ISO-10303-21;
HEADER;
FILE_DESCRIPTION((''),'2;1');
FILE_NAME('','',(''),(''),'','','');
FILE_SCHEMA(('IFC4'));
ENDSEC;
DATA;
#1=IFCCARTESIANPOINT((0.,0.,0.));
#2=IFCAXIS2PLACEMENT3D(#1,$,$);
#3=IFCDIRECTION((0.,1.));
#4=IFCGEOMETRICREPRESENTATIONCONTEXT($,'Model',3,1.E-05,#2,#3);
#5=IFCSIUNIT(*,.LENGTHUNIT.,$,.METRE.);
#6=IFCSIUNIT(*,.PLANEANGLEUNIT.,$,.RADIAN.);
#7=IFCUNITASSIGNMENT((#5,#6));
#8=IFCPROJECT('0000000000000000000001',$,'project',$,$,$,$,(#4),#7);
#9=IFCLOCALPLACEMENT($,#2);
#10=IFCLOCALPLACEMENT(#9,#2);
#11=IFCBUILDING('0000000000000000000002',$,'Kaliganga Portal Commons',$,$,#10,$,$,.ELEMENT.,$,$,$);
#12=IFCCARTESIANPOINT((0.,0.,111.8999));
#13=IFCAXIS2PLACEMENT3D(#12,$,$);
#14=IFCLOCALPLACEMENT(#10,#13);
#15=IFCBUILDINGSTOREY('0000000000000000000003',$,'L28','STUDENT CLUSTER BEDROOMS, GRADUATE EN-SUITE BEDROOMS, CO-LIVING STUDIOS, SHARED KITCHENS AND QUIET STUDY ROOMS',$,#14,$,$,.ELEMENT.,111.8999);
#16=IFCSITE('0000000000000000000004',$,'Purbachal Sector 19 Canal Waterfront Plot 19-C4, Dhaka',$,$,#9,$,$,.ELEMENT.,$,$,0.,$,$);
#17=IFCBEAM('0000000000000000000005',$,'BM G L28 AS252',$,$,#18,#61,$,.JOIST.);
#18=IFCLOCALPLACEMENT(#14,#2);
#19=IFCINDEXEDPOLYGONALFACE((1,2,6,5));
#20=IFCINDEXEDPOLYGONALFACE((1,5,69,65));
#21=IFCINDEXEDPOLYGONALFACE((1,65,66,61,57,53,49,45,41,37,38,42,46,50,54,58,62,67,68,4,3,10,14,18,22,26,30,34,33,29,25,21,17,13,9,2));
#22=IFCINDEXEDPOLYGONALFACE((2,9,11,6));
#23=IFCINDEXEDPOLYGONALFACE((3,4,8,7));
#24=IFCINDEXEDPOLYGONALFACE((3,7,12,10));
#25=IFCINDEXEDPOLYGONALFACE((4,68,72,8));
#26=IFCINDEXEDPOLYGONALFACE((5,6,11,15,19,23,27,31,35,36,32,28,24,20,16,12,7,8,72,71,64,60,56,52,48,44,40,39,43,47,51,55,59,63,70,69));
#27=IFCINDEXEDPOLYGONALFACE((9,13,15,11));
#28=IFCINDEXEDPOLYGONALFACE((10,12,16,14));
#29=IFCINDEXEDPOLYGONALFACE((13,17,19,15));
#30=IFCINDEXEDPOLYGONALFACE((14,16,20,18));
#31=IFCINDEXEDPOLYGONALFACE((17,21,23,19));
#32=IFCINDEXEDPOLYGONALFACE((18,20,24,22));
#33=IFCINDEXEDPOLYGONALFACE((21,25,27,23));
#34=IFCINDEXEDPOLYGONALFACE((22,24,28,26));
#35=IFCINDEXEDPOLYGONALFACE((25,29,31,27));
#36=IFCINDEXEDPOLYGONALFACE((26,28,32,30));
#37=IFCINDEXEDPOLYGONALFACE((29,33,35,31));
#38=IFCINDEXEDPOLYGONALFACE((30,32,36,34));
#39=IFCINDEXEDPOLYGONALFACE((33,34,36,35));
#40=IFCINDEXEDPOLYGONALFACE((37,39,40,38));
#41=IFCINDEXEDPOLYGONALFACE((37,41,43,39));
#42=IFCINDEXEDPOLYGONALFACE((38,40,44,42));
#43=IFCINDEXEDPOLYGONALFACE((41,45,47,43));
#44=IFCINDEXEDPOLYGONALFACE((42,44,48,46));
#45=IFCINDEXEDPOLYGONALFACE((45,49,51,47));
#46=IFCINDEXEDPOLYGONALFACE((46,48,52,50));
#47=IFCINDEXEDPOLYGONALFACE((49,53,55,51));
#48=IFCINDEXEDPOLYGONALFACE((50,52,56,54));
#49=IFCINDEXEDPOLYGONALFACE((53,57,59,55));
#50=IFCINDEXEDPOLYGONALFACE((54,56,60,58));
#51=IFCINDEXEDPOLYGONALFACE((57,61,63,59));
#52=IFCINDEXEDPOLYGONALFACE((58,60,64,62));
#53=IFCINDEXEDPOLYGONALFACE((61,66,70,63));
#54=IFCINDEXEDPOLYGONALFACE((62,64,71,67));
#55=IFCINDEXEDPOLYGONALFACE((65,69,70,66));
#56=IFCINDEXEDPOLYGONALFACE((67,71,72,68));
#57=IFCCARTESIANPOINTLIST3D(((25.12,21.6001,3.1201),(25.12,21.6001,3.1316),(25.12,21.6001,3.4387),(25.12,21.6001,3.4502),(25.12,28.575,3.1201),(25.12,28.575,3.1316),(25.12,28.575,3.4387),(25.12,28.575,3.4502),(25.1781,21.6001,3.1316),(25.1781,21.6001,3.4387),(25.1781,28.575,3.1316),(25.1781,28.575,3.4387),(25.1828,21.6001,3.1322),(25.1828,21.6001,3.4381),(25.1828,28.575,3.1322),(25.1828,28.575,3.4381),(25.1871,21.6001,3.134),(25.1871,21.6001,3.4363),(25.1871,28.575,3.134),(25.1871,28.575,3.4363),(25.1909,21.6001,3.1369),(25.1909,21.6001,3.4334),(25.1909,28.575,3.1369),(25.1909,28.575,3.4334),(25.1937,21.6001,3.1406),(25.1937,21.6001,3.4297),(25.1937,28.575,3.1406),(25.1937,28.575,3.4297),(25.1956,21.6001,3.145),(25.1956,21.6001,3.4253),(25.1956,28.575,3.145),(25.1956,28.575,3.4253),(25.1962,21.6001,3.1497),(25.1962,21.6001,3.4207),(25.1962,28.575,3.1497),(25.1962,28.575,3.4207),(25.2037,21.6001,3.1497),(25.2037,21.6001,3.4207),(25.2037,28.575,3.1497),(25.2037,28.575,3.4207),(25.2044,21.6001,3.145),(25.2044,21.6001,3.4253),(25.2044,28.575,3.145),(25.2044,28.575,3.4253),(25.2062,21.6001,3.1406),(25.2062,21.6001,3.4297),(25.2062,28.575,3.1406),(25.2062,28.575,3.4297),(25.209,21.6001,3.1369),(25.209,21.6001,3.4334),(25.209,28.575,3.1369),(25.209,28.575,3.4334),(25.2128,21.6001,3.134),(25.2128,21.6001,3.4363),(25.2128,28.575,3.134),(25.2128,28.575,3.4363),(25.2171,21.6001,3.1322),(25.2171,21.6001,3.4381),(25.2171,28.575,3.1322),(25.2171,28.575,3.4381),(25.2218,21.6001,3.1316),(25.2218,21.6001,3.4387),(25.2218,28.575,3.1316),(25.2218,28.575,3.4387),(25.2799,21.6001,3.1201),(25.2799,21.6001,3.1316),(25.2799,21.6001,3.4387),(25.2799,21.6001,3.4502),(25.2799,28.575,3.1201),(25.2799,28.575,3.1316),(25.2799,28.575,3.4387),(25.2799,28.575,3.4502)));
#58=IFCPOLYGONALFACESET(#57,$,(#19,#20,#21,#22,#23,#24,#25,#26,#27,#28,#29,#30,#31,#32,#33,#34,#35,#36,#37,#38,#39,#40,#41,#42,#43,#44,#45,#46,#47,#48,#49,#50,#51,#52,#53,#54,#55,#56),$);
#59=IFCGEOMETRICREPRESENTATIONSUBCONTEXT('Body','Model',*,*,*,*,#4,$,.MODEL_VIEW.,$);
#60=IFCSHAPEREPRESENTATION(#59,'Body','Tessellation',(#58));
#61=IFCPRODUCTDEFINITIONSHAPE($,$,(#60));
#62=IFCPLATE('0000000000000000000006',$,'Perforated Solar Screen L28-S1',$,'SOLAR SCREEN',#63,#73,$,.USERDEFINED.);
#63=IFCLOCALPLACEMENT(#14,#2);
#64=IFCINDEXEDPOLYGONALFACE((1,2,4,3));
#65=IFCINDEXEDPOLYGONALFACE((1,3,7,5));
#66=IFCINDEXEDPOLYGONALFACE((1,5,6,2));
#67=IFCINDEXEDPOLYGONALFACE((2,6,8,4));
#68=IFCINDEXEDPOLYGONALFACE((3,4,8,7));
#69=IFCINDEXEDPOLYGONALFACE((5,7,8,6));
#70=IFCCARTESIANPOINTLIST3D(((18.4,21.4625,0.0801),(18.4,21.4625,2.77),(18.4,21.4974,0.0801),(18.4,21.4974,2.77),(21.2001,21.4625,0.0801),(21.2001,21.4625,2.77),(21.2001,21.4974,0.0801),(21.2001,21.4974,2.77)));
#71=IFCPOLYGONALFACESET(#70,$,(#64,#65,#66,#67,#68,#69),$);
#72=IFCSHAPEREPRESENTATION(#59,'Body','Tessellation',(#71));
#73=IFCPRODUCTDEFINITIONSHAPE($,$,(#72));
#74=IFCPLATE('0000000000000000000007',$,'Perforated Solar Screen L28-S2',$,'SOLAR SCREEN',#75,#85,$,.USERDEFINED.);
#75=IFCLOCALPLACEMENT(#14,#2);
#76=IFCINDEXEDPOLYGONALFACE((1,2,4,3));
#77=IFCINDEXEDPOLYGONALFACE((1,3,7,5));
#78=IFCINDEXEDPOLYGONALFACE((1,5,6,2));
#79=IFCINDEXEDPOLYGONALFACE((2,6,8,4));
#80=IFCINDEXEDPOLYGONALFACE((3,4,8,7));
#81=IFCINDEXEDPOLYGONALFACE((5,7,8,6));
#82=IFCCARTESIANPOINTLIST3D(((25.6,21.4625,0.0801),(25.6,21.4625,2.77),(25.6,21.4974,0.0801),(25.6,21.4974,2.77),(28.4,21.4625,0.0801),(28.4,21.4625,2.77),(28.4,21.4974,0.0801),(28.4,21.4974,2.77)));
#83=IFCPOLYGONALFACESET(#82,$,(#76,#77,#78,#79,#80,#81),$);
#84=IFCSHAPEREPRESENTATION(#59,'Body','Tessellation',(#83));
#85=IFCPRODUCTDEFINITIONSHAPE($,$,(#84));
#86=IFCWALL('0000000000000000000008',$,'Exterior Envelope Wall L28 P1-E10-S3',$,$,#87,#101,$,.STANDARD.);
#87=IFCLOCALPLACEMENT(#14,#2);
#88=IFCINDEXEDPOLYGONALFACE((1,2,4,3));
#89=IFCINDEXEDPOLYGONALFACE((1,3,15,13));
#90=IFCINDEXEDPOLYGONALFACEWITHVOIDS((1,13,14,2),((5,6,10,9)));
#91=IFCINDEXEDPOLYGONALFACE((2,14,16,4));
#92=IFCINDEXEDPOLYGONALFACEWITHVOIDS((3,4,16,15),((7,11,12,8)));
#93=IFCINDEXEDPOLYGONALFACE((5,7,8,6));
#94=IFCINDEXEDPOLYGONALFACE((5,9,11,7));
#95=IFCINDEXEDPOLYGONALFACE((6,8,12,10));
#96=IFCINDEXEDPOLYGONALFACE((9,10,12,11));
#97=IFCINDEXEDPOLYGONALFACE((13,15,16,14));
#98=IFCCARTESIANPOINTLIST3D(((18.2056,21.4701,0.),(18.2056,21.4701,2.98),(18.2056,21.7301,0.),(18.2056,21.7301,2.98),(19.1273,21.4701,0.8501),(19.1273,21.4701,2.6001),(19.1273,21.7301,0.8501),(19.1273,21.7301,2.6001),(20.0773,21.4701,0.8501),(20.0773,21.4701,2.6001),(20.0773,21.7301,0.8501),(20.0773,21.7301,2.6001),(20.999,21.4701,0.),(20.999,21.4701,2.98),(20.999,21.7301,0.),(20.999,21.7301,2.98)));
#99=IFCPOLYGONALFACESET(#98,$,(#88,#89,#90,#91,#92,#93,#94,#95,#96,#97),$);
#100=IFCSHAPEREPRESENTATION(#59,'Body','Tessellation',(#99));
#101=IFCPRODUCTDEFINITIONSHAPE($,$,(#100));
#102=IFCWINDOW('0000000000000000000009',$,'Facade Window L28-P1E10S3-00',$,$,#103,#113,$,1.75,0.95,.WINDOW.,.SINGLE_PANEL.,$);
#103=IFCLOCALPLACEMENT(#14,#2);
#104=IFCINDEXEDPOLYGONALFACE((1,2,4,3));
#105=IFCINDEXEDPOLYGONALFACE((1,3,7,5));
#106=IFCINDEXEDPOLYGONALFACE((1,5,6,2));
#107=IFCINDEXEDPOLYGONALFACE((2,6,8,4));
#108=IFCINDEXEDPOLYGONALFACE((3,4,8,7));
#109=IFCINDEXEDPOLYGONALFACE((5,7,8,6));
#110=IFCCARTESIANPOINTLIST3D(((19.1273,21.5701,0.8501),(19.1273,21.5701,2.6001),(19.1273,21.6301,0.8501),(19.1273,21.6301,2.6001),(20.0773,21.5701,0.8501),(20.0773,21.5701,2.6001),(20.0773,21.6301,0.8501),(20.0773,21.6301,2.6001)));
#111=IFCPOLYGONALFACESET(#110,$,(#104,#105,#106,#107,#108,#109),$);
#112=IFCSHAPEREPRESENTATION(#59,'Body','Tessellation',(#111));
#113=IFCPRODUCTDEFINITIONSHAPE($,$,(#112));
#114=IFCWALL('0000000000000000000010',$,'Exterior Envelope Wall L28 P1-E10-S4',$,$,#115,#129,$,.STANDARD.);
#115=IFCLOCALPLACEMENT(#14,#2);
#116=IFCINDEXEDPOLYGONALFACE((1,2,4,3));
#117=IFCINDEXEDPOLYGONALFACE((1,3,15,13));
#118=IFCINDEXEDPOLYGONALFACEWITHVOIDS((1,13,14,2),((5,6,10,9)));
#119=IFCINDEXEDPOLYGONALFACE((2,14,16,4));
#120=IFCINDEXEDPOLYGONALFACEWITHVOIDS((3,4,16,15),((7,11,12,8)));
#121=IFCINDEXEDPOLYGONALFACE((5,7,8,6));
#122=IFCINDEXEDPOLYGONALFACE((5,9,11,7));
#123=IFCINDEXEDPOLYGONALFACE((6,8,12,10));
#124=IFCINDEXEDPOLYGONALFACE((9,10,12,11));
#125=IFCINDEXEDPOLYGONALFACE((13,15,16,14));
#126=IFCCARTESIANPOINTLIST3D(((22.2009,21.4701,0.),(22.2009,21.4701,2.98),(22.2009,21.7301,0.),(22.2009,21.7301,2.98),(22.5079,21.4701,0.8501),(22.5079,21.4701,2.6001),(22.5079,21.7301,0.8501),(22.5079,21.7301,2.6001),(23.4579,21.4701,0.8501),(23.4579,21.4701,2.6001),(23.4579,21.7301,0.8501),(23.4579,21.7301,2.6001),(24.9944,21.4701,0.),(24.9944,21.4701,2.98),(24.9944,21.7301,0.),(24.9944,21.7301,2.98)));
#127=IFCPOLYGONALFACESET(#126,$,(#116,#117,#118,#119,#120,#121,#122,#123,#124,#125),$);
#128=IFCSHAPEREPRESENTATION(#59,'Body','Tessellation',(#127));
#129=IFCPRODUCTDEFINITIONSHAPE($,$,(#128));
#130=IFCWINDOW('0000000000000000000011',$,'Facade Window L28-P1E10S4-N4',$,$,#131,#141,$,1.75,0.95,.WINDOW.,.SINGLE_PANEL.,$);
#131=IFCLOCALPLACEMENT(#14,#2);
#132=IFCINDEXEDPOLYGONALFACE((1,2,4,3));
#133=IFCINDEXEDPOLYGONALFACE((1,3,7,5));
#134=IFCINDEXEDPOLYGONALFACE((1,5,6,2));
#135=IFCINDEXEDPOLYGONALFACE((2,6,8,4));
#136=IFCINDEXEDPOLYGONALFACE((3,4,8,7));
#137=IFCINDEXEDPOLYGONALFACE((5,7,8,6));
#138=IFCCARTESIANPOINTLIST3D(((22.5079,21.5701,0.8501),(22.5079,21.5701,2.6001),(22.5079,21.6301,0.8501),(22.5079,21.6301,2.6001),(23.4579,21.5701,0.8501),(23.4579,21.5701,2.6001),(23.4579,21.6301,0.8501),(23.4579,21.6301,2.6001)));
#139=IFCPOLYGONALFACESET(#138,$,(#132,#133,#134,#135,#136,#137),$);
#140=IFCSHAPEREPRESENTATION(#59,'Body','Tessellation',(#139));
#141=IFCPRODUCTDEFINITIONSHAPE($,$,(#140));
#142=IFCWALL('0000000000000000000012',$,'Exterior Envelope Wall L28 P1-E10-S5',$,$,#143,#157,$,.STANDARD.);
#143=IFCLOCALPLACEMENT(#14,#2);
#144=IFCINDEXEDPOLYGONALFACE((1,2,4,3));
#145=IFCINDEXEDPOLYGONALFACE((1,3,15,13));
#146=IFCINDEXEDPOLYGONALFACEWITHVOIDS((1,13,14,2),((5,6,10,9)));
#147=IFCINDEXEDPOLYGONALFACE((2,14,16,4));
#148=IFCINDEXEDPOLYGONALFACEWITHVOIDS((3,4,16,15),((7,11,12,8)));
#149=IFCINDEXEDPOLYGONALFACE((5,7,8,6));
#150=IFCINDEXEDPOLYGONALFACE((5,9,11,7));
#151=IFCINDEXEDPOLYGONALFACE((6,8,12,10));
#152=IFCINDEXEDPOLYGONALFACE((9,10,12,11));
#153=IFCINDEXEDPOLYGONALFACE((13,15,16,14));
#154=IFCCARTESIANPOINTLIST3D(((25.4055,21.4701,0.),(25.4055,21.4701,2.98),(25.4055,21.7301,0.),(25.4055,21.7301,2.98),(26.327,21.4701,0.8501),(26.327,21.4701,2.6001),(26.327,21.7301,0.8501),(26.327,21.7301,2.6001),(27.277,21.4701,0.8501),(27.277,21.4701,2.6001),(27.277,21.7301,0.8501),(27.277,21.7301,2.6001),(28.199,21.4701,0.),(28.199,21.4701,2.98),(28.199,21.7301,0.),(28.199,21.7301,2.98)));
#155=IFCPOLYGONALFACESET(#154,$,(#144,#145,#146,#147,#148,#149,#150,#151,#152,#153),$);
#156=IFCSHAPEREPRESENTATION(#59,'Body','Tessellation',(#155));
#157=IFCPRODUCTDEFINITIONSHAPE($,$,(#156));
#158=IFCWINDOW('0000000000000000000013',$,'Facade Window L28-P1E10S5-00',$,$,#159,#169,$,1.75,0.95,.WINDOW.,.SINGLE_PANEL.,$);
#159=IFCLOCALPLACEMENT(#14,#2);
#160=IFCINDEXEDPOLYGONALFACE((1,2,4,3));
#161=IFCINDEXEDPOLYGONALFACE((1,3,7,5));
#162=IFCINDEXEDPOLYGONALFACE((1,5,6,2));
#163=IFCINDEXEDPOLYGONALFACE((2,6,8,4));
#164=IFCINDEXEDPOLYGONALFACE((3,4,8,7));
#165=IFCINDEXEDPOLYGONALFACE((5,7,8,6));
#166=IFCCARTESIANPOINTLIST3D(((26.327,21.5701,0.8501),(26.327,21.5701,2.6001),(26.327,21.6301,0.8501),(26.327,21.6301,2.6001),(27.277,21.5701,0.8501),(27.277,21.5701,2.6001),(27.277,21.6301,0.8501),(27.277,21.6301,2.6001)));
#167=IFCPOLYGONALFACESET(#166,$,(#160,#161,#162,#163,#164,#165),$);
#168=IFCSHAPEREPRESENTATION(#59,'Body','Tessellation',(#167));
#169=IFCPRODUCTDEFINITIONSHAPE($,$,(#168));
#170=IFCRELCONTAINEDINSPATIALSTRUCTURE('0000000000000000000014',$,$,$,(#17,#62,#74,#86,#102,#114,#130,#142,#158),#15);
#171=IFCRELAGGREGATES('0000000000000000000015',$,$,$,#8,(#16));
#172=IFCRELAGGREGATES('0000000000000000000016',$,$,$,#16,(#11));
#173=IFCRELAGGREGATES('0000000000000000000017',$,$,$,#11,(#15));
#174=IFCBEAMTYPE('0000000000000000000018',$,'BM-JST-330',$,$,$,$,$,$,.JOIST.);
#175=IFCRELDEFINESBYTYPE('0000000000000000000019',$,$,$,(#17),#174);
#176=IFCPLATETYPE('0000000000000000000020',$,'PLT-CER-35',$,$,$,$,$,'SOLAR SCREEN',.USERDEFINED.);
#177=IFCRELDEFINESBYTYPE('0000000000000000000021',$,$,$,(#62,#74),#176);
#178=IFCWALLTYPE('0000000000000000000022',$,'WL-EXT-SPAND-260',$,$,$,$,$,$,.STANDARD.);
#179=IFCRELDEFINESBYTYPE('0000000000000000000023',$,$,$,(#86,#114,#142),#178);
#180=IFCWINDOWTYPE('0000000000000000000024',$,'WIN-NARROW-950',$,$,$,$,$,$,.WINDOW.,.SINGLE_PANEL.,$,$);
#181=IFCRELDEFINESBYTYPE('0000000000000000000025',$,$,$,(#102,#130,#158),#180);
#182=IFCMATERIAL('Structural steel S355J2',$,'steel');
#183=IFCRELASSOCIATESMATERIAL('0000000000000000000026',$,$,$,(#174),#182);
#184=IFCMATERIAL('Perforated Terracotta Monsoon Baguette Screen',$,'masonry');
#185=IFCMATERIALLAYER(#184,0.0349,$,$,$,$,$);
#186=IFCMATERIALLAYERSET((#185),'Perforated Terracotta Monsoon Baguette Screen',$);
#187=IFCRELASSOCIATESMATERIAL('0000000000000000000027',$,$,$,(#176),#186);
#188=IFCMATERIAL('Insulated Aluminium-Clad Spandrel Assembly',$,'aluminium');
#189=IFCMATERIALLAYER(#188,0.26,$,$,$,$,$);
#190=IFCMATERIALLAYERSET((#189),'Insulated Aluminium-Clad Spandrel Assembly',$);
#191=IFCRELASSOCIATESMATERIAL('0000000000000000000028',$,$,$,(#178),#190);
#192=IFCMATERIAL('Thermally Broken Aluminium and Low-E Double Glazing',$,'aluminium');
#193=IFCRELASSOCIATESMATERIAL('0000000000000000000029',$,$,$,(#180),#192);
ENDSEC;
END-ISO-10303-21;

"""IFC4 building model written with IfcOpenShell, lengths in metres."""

from ifc_helpers import new_model, si_unit, direction, frame, frame_2d, origin, origin_2d, place, context, subcontext, project, spatial, rectangle, i_section, extrude, source, transform, mapped, material, layer, layer_set, material_profile, profile_set, type_object, element, fill, save


model = new_model("IFC4")

# Units and contexts
model_context = context("Model", 3, precision=1e-05, world=origin(), true_north=direction((0.0, 1.0)))
body_context = subcontext(model_context, "Body", "Model", "MODEL_VIEW")
ifc_project = project(units=[si_unit("LENGTHUNIT", "METRE"), si_unit("PLANEANGLEUNIT", "RADIAN")], contexts=[model_context])

# Site, building, storey
site_placement = place(None, origin())
site = spatial("IfcSite", under=ifc_project, at=site_placement, Name="Purbachal Sector 19 Canal Waterfront Plot 19-C4, Dhaka", CompositionType="ELEMENT", RefElevation=0.0)
building_placement = place(site_placement, origin())
building = spatial("IfcBuilding", under=site, at=building_placement, Name="Kaliganga Portal Commons", CompositionType="ELEMENT")
storey_placement = place(building_placement, frame((0.0, 0.0, 111.8999)))
storey = spatial("IfcBuildingStorey", under=building, at=storey_placement, Name="L28", Description="STUDENT CLUSTER BEDROOMS, GRADUATE EN-SUITE BEDROOMS, CO-LIVING STUDIOS, SHARED KITCHENS AND QUIET STUDY ROOMS", CompositionType="ELEMENT", Elevation=111.8999)

# Beam
ifc_material_1 = material(Name="Structural steel S355J2", Category="steel")
ifc_material_profile_1 = material_profile(ifc_material_1, i_section(OverallWidth=0.1599, OverallDepth=0.3301, WebThickness=0.0076, FlangeThickness=0.0115, FilletRadius=0.0181, at=origin_2d()), Name="IPE 330")
ifc_profile_set_1 = profile_set([ifc_material_profile_1], Name="Structural steel S355J2 wide-flange")
beam_type_1 = type_object("IfcBeamType", Name="BM-JST-330", PredefinedType="JOIST", material=ifc_profile_set_1)
shared_shape_1 = source(origin(), body_context, "Body", "SweptSolid", [
    extrude(i_section(OverallWidth=0.1599, OverallDepth=0.3301, WebThickness=0.0076, FlangeThickness=0.0115, FilletRadius=0.0181, at=origin_2d()), origin(), (0.0, 0.0, 1.0), 6.9749),
])
beam_1_placement = place(storey_placement, frame((25.2, 21.6001, 3.2852), z_axis=(0.0, 1.0, 0.0), x_axis=(-1.0, 0.0, 0.0)))
element("IfcBeam", 1, at=beam_1_placement, inside=storey, type_object=beam_type_1, Name="BM G L28 AS252", PredefinedType="JOIST", context=body_context, shape_type="MappedRepresentation", body=[
    mapped(shared_shape_1, transform((0.0, 0.0, 0.0), x_axis=(1.0, 0.0, 0.0), y_axis=(0.0, 1.0, 0.0), z_axis=(0.0, 0.0, 1.0), scale=1.0)),
])

# Plates
ifc_material_2 = material(Name="Perforated Terracotta Monsoon Baguette Screen", Category="masonry")
ifc_layer_1 = layer(ifc_material_2, 0.0349)
ifc_layer_set_1 = layer_set([ifc_layer_1], Name="Perforated Terracotta Monsoon Baguette Screen")
plate_type = type_object("IfcPlateType", Name="PLT-CER-35", ElementType="SOLAR SCREEN", PredefinedType="USERDEFINED", material=ifc_layer_set_1)
shared_shape_2 = source(origin(), body_context, "Body", "SweptSolid", [
    extrude(rectangle(XDim=2.8, YDim=0.0349, at=origin_2d()), origin(), (0.0, 0.0, 1.0), 2.6899),
])
for number, where, z_axis, x_axis, name in (
    (2, (19.8, 21.48, 0.0801), (0.0, 0.0, 1.0), (1.0, 0.0, 0.0), "Perforated Solar Screen L28-S1"),
    (3, (27.0, 21.48, 0.0801), (0.0, 0.0, 1.0), (1.0, 0.0, 0.0), "Perforated Solar Screen L28-S2"),
):
    element("IfcPlate", number, at=place(storey_placement, frame(where, z_axis=z_axis, x_axis=x_axis)), inside=storey, type_object=plate_type, Name=name, ObjectType="SOLAR SCREEN", PredefinedType="USERDEFINED", context=body_context, shape_type="MappedRepresentation", body=[
        mapped(shared_shape_2, transform((0.0, 0.0, 0.0), x_axis=(1.0, 0.0, 0.0), y_axis=(0.0, 1.0, 0.0), z_axis=(0.0, 0.0, 1.0), scale=1.0)),
    ])

# Walls, openings, windows
ifc_material_3 = material(Name="Insulated Aluminium-Clad Spandrel Assembly", Category="aluminium")
ifc_layer_2 = layer(ifc_material_3, 0.26)
ifc_layer_set_2 = layer_set([ifc_layer_2], Name="Insulated Aluminium-Clad Spandrel Assembly")
wall_type_1 = type_object("IfcWallType", Name="WL-EXT-SPAND-260", PredefinedType="STANDARD", material=ifc_layer_set_2)
wall_1_placement = place(storey_placement, frame((20.999, 21.6001, 0.0), z_axis=(0.0, 0.0, 1.0), x_axis=(-1.0, 0.0, 0.0)))
wall_1 = element("IfcWall", 4, at=wall_1_placement, inside=storey, type_object=wall_type_1, Name="Exterior Envelope Wall L28 P1-E10-S3", PredefinedType="STANDARD", context=body_context, shape_type="SweptSolid", body=[
    extrude(rectangle(XDim=2.7935, YDim=0.26, at=frame_2d((1.3967, 0.0))), origin(), (0.0, 0.0, 1.0), 2.98),
])
opening_1_placement = place(wall_1_placement, frame((0.9216, 0.0, 0.8501)))
opening_1 = element("IfcOpeningElement", 5, at=opening_1_placement, cuts=wall_1, PredefinedType="OPENING", context=body_context, shape_type="SweptSolid", body=[
    extrude(rectangle(XDim=0.95, YDim=1.75, at=frame_2d((0.4751, 0.875))), frame((0.0, 0.1401, 0.0), z_axis=(0.0, -1.0, 0.0), x_axis=(1.0, 0.0, 0.0)), (0.0, 0.0, 1.0), 0.28),
])
ifc_material_4 = material(Name="Thermally Broken Aluminium and Low-E Double Glazing", Category="aluminium")
window_type_1 = type_object("IfcWindowType", Name="WIN-NARROW-950", PartitioningType="SINGLE_PANEL", PredefinedType="WINDOW", material=ifc_material_4)
window_1_placement = place(opening_1_placement, origin())
window_1 = element("IfcWindow", 6, at=window_1_placement, inside=storey, type_object=window_type_1, Name="Facade Window L28-P1E10S3-00", OverallHeight=1.75, OverallWidth=0.95, PartitioningType="SINGLE_PANEL", PredefinedType="WINDOW", context=body_context, shape_type="SweptSolid", body=[
    extrude(rectangle(XDim=0.95, YDim=1.75, at=frame_2d((0.4751, 0.875))), frame((0.0, 0.03, 0.0), z_axis=(0.0, -1.0, 0.0), x_axis=(1.0, 0.0, 0.0)), (0.0, 0.0, 1.0), 0.0601),
])
fill(opening_1, window_1)
wall_2_placement = place(storey_placement, frame((24.9944, 21.6001, 0.0), z_axis=(0.0, 0.0, 1.0), x_axis=(-1.0, 0.0, 0.0)))
wall_2 = element("IfcWall", 7, at=wall_2_placement, inside=storey, type_object=wall_type_1, Name="Exterior Envelope Wall L28 P1-E10-S4", PredefinedType="STANDARD", context=body_context, shape_type="SweptSolid", body=[
    extrude(rectangle(XDim=2.7935, YDim=0.26, at=frame_2d((1.3967, 0.0))), origin(), (0.0, 0.0, 1.0), 2.98),
])
opening_2_placement = place(wall_2_placement, frame((1.5364, 0.0, 0.8501)))
opening_2 = element("IfcOpeningElement", 8, at=opening_2_placement, cuts=wall_2, PredefinedType="OPENING", context=body_context, shape_type="SweptSolid", body=[
    extrude(rectangle(XDim=0.95, YDim=1.75, at=frame_2d((0.4751, 0.875))), frame((0.0, 0.1401, 0.0), z_axis=(0.0, -1.0, 0.0), x_axis=(1.0, 0.0, 0.0)), (0.0, 0.0, 1.0), 0.28),
])
window_2_placement = place(opening_2_placement, origin())
window_2 = element("IfcWindow", 9, at=window_2_placement, inside=storey, type_object=window_type_1, Name="Facade Window L28-P1E10S4-N4", OverallHeight=1.75, OverallWidth=0.95, PartitioningType="SINGLE_PANEL", PredefinedType="WINDOW", context=body_context, shape_type="SweptSolid", body=[
    extrude(rectangle(XDim=0.95, YDim=1.75, at=frame_2d((0.4751, 0.875))), frame((0.0, 0.03, 0.0), z_axis=(0.0, -1.0, 0.0), x_axis=(1.0, 0.0, 0.0)), (0.0, 0.0, 1.0), 0.0601),
])
fill(opening_2, window_2)
wall_3_placement = place(storey_placement, frame((28.199, 21.6001, 0.0), z_axis=(0.0, 0.0, 1.0), x_axis=(-1.0, 0.0, 0.0)))
wall_3 = element("IfcWall", 10, at=wall_3_placement, inside=storey, type_object=wall_type_1, Name="Exterior Envelope Wall L28 P1-E10-S5", PredefinedType="STANDARD", context=body_context, shape_type="SweptSolid", body=[
    extrude(rectangle(XDim=2.7935, YDim=0.26, at=frame_2d((1.3967, 0.0))), origin(), (0.0, 0.0, 1.0), 2.98),
])
opening_3_placement = place(wall_3_placement, frame((0.9219, 0.0, 0.8501)))
opening_3 = element("IfcOpeningElement", 11, at=opening_3_placement, cuts=wall_3, PredefinedType="OPENING", context=body_context, shape_type="SweptSolid", body=[
    extrude(rectangle(XDim=0.95, YDim=1.75, at=frame_2d((0.4751, 0.875))), frame((0.0, 0.1401, 0.0), z_axis=(0.0, -1.0, 0.0), x_axis=(1.0, 0.0, 0.0)), (0.0, 0.0, 1.0), 0.28),
])
window_3_placement = place(opening_3_placement, origin())
window_3 = element("IfcWindow", 12, at=window_3_placement, inside=storey, type_object=window_type_1, Name="Facade Window L28-P1E10S5-00", OverallHeight=1.75, OverallWidth=0.95, PartitioningType="SINGLE_PANEL", PredefinedType="WINDOW", context=body_context, shape_type="SweptSolid", body=[
    extrude(rectangle(XDim=0.95, YDim=1.75, at=frame_2d((0.4751, 0.875))), frame((0.0, 0.03, 0.0), z_axis=(0.0, -1.0, 0.0), x_axis=(1.0, 0.0, 0.0)), (0.0, 0.0, 1.0), 0.0601),
])
fill(opening_3, window_3)

save(model, "model.ifc")
